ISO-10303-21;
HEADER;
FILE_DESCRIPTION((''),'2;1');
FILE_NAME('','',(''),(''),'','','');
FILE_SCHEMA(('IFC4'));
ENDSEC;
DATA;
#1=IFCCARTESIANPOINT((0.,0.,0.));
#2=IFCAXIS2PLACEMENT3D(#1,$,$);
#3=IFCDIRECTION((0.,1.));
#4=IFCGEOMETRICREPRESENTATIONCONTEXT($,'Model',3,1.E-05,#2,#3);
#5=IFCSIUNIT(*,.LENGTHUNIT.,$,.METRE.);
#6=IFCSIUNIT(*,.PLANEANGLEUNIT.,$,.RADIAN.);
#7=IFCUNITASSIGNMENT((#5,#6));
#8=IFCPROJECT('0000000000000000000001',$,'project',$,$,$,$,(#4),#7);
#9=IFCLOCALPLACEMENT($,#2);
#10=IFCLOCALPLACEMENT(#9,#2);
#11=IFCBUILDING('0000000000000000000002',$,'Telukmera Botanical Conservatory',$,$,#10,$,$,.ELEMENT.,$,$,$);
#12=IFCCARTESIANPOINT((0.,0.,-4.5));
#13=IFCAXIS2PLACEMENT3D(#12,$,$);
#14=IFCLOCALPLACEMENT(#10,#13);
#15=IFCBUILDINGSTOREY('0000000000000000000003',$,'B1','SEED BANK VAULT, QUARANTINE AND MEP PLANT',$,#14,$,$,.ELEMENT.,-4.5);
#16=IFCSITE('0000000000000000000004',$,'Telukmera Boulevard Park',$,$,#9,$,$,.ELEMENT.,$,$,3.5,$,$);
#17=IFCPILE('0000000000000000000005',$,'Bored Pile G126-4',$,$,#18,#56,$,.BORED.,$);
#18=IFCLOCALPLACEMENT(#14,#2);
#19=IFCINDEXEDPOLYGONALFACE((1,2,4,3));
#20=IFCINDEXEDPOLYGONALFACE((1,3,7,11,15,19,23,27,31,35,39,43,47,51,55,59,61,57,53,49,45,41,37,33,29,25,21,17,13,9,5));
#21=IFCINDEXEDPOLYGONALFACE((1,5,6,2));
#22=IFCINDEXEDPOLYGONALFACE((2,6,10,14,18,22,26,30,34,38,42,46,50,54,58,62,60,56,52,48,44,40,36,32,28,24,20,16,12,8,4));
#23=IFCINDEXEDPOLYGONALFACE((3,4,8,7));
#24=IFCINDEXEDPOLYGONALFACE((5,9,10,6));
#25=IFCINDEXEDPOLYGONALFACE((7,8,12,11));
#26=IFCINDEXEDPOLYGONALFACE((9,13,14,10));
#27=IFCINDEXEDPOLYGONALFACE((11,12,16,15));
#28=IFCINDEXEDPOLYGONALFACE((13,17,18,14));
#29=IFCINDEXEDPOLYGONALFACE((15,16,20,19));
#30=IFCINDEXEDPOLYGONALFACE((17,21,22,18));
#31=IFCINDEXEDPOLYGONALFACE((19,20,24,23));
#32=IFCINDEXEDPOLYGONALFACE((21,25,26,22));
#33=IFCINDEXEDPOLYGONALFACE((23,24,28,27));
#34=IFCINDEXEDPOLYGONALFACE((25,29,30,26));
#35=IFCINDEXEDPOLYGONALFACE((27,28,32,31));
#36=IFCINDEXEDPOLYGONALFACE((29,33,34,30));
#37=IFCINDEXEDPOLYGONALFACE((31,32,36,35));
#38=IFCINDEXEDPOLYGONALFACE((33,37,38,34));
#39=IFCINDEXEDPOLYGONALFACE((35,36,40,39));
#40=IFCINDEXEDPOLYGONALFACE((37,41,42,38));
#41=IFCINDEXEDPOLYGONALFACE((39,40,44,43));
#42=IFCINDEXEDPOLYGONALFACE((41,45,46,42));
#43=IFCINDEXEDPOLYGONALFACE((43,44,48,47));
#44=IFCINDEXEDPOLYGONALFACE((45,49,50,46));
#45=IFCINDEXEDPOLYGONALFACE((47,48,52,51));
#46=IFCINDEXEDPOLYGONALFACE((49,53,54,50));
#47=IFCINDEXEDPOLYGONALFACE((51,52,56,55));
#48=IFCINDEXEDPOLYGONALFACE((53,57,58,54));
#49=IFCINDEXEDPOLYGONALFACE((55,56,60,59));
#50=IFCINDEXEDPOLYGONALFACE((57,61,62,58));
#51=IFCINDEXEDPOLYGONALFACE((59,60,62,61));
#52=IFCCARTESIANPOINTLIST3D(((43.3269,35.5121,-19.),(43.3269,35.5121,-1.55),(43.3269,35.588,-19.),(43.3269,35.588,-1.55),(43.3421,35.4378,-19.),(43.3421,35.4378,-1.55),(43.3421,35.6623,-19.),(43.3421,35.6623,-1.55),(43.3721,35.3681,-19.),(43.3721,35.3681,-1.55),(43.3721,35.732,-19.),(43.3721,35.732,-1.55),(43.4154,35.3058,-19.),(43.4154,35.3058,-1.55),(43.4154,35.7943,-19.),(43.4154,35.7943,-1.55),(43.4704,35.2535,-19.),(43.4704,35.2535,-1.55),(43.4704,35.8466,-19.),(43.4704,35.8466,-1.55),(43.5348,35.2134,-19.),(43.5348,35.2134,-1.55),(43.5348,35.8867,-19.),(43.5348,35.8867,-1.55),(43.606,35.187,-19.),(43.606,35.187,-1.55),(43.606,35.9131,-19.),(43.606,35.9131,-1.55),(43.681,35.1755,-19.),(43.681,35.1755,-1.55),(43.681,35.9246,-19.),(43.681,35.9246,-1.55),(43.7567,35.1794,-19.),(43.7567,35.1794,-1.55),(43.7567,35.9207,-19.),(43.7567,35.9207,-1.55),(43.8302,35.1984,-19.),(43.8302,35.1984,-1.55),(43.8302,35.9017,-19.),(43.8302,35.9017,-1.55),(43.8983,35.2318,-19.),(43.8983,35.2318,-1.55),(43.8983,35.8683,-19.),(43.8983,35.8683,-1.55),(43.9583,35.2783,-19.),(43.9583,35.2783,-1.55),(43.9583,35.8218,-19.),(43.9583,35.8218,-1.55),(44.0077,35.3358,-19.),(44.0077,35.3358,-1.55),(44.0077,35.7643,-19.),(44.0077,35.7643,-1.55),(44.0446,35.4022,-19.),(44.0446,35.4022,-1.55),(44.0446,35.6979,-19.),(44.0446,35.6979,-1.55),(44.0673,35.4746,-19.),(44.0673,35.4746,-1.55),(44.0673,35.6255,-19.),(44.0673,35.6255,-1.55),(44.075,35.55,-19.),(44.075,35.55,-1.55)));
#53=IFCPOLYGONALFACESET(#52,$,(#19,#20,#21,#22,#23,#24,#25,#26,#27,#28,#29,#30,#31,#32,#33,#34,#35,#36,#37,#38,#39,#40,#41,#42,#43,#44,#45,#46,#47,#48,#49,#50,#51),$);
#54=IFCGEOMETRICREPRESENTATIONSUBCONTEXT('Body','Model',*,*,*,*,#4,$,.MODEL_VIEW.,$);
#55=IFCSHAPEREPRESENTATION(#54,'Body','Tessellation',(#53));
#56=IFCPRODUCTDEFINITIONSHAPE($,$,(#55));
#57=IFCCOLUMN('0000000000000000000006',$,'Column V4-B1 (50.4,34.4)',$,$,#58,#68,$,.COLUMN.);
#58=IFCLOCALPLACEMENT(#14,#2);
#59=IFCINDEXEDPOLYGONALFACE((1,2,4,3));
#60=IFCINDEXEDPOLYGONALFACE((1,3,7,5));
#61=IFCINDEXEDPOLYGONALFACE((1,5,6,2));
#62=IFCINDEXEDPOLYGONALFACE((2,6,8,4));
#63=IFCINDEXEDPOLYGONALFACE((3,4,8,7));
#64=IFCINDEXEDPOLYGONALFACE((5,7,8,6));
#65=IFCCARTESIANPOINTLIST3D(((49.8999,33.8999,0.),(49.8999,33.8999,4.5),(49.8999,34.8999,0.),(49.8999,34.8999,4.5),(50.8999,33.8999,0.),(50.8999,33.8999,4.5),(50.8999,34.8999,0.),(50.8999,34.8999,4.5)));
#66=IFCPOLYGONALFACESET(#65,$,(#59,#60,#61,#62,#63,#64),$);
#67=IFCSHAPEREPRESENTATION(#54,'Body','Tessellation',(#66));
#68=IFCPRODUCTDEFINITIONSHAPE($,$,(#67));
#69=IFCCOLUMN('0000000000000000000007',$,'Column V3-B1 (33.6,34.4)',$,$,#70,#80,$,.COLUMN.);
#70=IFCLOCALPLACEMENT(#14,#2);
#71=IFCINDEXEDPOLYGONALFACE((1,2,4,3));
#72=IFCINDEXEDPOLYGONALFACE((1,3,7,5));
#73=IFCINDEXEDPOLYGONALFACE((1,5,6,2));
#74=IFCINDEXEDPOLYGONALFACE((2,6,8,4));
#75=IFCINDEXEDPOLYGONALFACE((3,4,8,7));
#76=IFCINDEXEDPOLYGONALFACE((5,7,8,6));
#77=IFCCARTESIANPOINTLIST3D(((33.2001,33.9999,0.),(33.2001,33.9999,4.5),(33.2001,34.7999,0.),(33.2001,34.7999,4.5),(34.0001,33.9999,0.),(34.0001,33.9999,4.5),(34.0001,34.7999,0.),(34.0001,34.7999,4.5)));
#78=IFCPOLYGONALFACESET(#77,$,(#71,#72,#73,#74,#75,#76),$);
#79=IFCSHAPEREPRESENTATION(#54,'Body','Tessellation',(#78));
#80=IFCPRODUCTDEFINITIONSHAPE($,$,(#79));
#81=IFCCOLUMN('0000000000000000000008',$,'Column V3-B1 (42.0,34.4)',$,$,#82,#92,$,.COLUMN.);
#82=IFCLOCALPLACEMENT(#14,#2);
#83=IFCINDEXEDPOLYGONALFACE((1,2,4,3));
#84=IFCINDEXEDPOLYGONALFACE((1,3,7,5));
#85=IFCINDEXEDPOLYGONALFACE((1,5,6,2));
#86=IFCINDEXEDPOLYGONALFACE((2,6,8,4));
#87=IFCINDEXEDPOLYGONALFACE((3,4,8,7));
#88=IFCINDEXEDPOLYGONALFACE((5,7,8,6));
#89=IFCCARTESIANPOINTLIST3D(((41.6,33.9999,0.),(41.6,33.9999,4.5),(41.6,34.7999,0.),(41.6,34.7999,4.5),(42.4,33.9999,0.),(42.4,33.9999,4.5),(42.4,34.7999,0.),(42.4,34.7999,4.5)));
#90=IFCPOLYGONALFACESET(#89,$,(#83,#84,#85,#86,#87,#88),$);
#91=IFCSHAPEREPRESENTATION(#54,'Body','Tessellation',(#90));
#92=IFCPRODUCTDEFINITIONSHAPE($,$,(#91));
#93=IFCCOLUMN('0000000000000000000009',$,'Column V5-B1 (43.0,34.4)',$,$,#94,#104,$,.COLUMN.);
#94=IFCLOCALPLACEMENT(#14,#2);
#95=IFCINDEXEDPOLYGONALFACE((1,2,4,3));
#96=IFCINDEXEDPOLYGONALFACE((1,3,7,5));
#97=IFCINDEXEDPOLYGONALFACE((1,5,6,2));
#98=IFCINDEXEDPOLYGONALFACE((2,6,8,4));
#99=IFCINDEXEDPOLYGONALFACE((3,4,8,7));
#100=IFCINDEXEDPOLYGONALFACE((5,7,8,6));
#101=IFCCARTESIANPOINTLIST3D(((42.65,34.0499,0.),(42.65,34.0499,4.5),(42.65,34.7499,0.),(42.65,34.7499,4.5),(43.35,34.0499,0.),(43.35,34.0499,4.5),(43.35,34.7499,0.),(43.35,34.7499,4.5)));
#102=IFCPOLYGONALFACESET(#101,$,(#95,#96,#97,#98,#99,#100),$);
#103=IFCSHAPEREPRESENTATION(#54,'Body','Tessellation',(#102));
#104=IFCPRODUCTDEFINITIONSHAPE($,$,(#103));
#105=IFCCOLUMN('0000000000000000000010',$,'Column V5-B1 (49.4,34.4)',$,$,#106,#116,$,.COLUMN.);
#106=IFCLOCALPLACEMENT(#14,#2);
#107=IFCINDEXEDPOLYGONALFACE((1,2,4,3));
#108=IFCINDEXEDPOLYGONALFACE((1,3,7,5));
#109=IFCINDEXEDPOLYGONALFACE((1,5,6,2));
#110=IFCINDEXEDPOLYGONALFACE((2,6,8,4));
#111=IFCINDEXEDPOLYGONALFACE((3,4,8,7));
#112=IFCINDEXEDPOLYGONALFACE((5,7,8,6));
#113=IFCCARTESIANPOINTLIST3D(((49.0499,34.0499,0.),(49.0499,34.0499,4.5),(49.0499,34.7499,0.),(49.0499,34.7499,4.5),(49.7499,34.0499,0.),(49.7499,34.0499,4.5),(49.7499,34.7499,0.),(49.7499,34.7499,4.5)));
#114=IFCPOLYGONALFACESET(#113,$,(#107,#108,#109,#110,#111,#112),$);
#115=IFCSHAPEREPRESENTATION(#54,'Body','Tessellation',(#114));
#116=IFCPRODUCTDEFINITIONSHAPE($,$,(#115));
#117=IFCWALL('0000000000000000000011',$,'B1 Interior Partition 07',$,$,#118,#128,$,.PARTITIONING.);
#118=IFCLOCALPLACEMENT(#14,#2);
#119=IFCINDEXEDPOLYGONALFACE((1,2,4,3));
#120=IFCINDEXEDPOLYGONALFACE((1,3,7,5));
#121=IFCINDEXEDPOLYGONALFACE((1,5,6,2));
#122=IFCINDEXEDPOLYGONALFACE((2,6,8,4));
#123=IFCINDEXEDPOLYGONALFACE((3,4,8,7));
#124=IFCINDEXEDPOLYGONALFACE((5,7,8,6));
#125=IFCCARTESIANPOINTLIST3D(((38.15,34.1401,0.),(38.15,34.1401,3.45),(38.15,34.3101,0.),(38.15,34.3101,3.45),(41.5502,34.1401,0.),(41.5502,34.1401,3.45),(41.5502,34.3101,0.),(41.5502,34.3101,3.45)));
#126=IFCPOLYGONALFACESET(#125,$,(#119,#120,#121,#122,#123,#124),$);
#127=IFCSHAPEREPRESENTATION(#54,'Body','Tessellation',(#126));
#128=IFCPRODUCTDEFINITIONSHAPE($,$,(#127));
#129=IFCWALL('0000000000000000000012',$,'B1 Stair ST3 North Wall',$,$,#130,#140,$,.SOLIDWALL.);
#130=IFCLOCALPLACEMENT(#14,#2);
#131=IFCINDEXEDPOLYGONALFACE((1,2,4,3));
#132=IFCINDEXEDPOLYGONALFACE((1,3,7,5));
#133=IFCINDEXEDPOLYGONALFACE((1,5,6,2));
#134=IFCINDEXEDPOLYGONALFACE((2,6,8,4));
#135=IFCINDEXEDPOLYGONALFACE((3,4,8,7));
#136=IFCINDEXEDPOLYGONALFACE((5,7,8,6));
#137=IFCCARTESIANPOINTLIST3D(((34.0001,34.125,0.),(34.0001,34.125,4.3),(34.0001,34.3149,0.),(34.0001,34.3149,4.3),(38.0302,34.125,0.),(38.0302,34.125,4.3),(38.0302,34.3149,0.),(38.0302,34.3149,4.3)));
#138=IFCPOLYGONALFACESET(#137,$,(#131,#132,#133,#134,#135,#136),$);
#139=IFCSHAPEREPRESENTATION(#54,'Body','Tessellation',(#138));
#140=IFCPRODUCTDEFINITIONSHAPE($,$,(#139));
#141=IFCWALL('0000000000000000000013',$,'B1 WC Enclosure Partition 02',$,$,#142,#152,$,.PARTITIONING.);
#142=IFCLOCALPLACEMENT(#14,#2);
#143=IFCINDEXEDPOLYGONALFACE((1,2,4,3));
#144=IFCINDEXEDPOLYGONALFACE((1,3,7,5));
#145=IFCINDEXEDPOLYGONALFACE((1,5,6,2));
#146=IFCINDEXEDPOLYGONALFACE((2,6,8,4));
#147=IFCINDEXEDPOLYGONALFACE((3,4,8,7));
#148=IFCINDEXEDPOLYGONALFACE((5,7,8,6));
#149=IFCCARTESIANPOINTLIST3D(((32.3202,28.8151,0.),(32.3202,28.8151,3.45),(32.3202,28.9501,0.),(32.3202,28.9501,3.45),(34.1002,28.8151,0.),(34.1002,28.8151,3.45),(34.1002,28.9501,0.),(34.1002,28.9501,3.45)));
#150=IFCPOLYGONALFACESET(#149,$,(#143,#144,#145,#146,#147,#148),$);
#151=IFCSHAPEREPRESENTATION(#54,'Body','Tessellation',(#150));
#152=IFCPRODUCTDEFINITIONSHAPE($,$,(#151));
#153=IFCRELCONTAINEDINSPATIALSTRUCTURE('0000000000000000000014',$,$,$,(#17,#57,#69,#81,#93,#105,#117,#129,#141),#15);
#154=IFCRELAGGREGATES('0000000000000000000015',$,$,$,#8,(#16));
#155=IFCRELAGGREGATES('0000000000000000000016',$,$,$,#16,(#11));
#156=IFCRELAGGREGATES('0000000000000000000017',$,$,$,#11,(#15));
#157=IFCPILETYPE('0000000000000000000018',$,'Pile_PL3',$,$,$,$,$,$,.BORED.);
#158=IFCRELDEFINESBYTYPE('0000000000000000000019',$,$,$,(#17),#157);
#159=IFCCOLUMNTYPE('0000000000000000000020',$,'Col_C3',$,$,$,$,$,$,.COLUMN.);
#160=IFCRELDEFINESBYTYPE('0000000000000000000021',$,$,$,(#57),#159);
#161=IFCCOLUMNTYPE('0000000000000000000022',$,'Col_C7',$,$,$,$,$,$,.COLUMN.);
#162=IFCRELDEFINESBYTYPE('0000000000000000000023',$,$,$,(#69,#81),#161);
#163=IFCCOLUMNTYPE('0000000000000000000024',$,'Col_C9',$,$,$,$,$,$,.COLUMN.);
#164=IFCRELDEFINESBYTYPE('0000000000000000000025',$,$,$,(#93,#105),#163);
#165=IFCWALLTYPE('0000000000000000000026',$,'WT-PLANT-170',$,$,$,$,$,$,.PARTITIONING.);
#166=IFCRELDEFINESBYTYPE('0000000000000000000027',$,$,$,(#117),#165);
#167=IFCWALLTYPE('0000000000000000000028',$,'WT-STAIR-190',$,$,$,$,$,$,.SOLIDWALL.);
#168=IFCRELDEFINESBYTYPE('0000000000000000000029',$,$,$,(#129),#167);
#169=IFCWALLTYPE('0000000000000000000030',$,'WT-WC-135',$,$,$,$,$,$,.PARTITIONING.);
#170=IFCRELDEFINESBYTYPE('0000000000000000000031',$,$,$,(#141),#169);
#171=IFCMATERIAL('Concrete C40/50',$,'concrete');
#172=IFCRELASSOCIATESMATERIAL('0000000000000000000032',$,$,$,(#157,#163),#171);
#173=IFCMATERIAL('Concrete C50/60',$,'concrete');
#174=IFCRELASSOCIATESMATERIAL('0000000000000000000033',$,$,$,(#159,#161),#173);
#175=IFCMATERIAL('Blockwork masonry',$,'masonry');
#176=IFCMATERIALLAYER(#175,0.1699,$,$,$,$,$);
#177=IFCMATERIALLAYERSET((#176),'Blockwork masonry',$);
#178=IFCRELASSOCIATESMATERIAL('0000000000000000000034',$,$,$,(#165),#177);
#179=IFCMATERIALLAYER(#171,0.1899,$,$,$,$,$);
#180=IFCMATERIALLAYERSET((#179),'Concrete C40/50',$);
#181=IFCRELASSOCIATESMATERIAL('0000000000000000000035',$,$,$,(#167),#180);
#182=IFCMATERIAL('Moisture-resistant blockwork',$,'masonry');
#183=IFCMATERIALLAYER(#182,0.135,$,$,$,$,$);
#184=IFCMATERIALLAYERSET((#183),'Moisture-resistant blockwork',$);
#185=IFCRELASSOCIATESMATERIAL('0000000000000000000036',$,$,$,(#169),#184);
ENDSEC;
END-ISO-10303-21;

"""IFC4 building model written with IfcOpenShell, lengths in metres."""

from ifc_helpers import new_model, si_unit, direction, frame, frame_2d, origin, origin_2d, place, context, subcontext, project, spatial, rectangle, circle, extrude, material, layer, layer_set, material_profile, profile_set, type_object, element, save


model = new_model("IFC4")

# Units and contexts
model_context = context("Model", 3, precision=1e-05, world=origin(), true_north=direction((0.0, 1.0)))
body_context = subcontext(model_context, "Body", "Model", "MODEL_VIEW")
ifc_project = project(units=[si_unit("LENGTHUNIT", "METRE"), si_unit("PLANEANGLEUNIT", "RADIAN")], contexts=[model_context])

# Site, building, storey
site_placement = place(None, origin())
site = spatial("IfcSite", under=ifc_project, at=site_placement, Name="Telukmera Boulevard Park", CompositionType="ELEMENT", RefElevation=3.5)
building_placement = place(site_placement, origin())
building = spatial("IfcBuilding", under=site, at=building_placement, Name="Telukmera Botanical Conservatory", CompositionType="ELEMENT")
storey_placement = place(building_placement, frame((0.0, 0.0, -4.5)))
storey = spatial("IfcBuildingStorey", under=building, at=storey_placement, Name="B1", Description="SEED BANK VAULT, QUARANTINE AND MEP PLANT", CompositionType="ELEMENT", Elevation=-4.5)

# Shared definitions
ifc_material_1 = material(Name="Concrete C50/60", Category="concrete")
ifc_material_2 = material(Name="Concrete C40/50", Category="concrete")

# Pile
ifc_material_profile_1 = material_profile(ifc_material_2, circle(Radius=0.375, at=origin_2d()), Name="PILE D750")
ifc_profile_set_1 = profile_set([ifc_material_profile_1], Name="Concrete C40/50")
pile_type_1 = type_object("IfcPileType", Name="Pile_PL3", PredefinedType="BORED", material=ifc_profile_set_1)
for number, where, z_axis, x_axis, name in (
    (1, (43.7, 35.55, -1.55), (0.0, 0.0, -1.0), (1.0, 0.0, 0.0), "Bored Pile G126-4"),
):
    element("IfcPile", number, at=place(storey_placement, frame(where, z_axis=z_axis, x_axis=x_axis)), inside=storey, type_object=pile_type_1, Name=name, PredefinedType="BORED", context=body_context, shape_type="SweptSolid", body=[
        extrude(circle(Radius=0.375, at=origin_2d()), origin(), (0.0, 0.0, 1.0), 17.45),
    ])

# Columns
ifc_material_profile_2 = material_profile(ifc_material_1, rectangle(XDim=1.0, YDim=1.0, at=origin_2d()), Name="RC 1000x1000")
ifc_profile_set_2 = profile_set([ifc_material_profile_2], Name="Concrete C50/60")
column_type_1 = type_object("IfcColumnType", Name="Col_C3", PredefinedType="COLUMN", material=ifc_profile_set_2)
column_placement = place(storey_placement, frame((50.3999, 34.3999, 0.0), z_axis=(0.0, 0.0, 1.0), x_axis=(1.0, 0.0, 0.0)))
element("IfcColumn", 2, at=column_placement, inside=storey, type_object=column_type_1, Name="Column V4-B1 (50.4,34.4)", PredefinedType="COLUMN", context=body_context, shape_type="SweptSolid", body=[
    extrude(rectangle(XDim=1.0, YDim=1.0, at=origin_2d()), origin(), (0.0, 0.0, 1.0), 4.5),
])
ifc_material_profile_3 = material_profile(ifc_material_1, rectangle(XDim=0.8, YDim=0.8, at=origin_2d()), Name="RC 800x800")
ifc_profile_set_3 = profile_set([ifc_material_profile_3], Name="Concrete C50/60")
column_type_2 = type_object("IfcColumnType", Name="Col_C7", PredefinedType="COLUMN", material=ifc_profile_set_3)
for number, where, z_axis, x_axis, name in (
    (3, (33.6001, 34.3999, 0.0), (0.0, 0.0, 1.0), (1.0, 0.0, 0.0), "Column V3-B1 (33.6,34.4)"),
    (4, (42.0, 34.3999, 0.0), (0.0, 0.0, 1.0), (1.0, 0.0, 0.0), "Column V3-B1 (42.0,34.4)"),
):
    element("IfcColumn", number, at=place(storey_placement, frame(where, z_axis=z_axis, x_axis=x_axis)), inside=storey, type_object=column_type_2, Name=name, PredefinedType="COLUMN", context=body_context, shape_type="SweptSolid", body=[
        extrude(rectangle(XDim=0.8, YDim=0.8, at=origin_2d()), origin(), (0.0, 0.0, 1.0), 4.5),
    ])
ifc_material_profile_4 = material_profile(ifc_material_2, rectangle(XDim=0.7, YDim=0.7, at=origin_2d()), Name="RC 700x700")
ifc_profile_set_4 = profile_set([ifc_material_profile_4], Name="Concrete C40/50")
column_type_3 = type_object("IfcColumnType", Name="Col_C9", PredefinedType="COLUMN", material=ifc_profile_set_4)
for number, where, z_axis, x_axis, name in (
    (5, (43.0, 34.3999, 0.0), (0.0, 0.0, 1.0), (1.0, 0.0, 0.0), "Column V5-B1 (43.0,34.4)"),
    (6, (49.3999, 34.3999, 0.0), (0.0, 0.0, 1.0), (1.0, 0.0, 0.0), "Column V5-B1 (49.4,34.4)"),
):
    element("IfcColumn", number, at=place(storey_placement, frame(where, z_axis=z_axis, x_axis=x_axis)), inside=storey, type_object=column_type_3, Name=name, PredefinedType="COLUMN", context=body_context, shape_type="SweptSolid", body=[
        extrude(rectangle(XDim=0.7, YDim=0.7, at=origin_2d()), origin(), (0.0, 0.0, 1.0), 4.5),
    ])

# Walls
ifc_material_3 = material(Name="Blockwork masonry", Category="masonry")
ifc_layer_1 = layer(ifc_material_3, 0.1699)
ifc_layer_set_1 = layer_set([ifc_layer_1], Name="Blockwork masonry")
wall_type_1 = type_object("IfcWallType", Name="WT-PLANT-170", PredefinedType="PARTITIONING", material=ifc_layer_set_1)
wall_1_placement = place(storey_placement, frame((38.1499, 34.2251, 0.0), z_axis=(0.0, 0.0, 1.0), x_axis=(1.0, 0.0, 0.0)))
element("IfcWall", 7, at=wall_1_placement, inside=storey, type_object=wall_type_1, Name="B1 Interior Partition 07", PredefinedType="PARTITIONING", context=body_context, shape_type="SweptSolid", body=[
    extrude(rectangle(XDim=3.4001, YDim=0.1699, at=frame_2d((1.7002, 0.0))), origin(), (0.0, 0.0, 1.0), 3.45),
])
ifc_layer_2 = layer(ifc_material_2, 0.1899)
ifc_layer_set_2 = layer_set([ifc_layer_2], Name="Concrete C40/50")
wall_type_2 = type_object("IfcWallType", Name="WT-STAIR-190", PredefinedType="SOLIDWALL", material=ifc_layer_set_2)
wall_2_placement = place(storey_placement, frame((34.0, 34.22, 0.0), z_axis=(0.0, 0.0, 1.0), x_axis=(1.0, 0.0, 0.0)))
element("IfcWall", 8, at=wall_2_placement, inside=storey, type_object=wall_type_2, Name="B1 Stair ST3 North Wall", PredefinedType="SOLIDWALL", context=body_context, shape_type="SweptSolid", body=[
    extrude(rectangle(XDim=4.03, YDim=0.1899, at=frame_2d((2.0151, 0.0))), origin(), (0.0, 0.0, 1.0), 4.3),
])
ifc_material_4 = material(Name="Moisture-resistant blockwork", Category="masonry")
ifc_layer_3 = layer(ifc_material_4, 0.135)
ifc_layer_set_3 = layer_set([ifc_layer_3], Name="Moisture-resistant blockwork")
wall_type_3 = type_object("IfcWallType", Name="WT-WC-135", PredefinedType="PARTITIONING", material=ifc_layer_set_3)
wall_3_placement = place(storey_placement, frame((32.3201, 28.8826, 0.0), z_axis=(0.0, 0.0, 1.0), x_axis=(1.0, 0.0, 0.0)))
element("IfcWall", 9, at=wall_3_placement, inside=storey, type_object=wall_type_3, Name="B1 WC Enclosure Partition 02", PredefinedType="PARTITIONING", context=body_context, shape_type="SweptSolid", body=[
    extrude(rectangle(XDim=1.78, YDim=0.135, at=frame_2d((0.8901, 0.0))), origin(), (0.0, 0.0, 1.0), 3.45),
])

save(model, "model.ifc")
